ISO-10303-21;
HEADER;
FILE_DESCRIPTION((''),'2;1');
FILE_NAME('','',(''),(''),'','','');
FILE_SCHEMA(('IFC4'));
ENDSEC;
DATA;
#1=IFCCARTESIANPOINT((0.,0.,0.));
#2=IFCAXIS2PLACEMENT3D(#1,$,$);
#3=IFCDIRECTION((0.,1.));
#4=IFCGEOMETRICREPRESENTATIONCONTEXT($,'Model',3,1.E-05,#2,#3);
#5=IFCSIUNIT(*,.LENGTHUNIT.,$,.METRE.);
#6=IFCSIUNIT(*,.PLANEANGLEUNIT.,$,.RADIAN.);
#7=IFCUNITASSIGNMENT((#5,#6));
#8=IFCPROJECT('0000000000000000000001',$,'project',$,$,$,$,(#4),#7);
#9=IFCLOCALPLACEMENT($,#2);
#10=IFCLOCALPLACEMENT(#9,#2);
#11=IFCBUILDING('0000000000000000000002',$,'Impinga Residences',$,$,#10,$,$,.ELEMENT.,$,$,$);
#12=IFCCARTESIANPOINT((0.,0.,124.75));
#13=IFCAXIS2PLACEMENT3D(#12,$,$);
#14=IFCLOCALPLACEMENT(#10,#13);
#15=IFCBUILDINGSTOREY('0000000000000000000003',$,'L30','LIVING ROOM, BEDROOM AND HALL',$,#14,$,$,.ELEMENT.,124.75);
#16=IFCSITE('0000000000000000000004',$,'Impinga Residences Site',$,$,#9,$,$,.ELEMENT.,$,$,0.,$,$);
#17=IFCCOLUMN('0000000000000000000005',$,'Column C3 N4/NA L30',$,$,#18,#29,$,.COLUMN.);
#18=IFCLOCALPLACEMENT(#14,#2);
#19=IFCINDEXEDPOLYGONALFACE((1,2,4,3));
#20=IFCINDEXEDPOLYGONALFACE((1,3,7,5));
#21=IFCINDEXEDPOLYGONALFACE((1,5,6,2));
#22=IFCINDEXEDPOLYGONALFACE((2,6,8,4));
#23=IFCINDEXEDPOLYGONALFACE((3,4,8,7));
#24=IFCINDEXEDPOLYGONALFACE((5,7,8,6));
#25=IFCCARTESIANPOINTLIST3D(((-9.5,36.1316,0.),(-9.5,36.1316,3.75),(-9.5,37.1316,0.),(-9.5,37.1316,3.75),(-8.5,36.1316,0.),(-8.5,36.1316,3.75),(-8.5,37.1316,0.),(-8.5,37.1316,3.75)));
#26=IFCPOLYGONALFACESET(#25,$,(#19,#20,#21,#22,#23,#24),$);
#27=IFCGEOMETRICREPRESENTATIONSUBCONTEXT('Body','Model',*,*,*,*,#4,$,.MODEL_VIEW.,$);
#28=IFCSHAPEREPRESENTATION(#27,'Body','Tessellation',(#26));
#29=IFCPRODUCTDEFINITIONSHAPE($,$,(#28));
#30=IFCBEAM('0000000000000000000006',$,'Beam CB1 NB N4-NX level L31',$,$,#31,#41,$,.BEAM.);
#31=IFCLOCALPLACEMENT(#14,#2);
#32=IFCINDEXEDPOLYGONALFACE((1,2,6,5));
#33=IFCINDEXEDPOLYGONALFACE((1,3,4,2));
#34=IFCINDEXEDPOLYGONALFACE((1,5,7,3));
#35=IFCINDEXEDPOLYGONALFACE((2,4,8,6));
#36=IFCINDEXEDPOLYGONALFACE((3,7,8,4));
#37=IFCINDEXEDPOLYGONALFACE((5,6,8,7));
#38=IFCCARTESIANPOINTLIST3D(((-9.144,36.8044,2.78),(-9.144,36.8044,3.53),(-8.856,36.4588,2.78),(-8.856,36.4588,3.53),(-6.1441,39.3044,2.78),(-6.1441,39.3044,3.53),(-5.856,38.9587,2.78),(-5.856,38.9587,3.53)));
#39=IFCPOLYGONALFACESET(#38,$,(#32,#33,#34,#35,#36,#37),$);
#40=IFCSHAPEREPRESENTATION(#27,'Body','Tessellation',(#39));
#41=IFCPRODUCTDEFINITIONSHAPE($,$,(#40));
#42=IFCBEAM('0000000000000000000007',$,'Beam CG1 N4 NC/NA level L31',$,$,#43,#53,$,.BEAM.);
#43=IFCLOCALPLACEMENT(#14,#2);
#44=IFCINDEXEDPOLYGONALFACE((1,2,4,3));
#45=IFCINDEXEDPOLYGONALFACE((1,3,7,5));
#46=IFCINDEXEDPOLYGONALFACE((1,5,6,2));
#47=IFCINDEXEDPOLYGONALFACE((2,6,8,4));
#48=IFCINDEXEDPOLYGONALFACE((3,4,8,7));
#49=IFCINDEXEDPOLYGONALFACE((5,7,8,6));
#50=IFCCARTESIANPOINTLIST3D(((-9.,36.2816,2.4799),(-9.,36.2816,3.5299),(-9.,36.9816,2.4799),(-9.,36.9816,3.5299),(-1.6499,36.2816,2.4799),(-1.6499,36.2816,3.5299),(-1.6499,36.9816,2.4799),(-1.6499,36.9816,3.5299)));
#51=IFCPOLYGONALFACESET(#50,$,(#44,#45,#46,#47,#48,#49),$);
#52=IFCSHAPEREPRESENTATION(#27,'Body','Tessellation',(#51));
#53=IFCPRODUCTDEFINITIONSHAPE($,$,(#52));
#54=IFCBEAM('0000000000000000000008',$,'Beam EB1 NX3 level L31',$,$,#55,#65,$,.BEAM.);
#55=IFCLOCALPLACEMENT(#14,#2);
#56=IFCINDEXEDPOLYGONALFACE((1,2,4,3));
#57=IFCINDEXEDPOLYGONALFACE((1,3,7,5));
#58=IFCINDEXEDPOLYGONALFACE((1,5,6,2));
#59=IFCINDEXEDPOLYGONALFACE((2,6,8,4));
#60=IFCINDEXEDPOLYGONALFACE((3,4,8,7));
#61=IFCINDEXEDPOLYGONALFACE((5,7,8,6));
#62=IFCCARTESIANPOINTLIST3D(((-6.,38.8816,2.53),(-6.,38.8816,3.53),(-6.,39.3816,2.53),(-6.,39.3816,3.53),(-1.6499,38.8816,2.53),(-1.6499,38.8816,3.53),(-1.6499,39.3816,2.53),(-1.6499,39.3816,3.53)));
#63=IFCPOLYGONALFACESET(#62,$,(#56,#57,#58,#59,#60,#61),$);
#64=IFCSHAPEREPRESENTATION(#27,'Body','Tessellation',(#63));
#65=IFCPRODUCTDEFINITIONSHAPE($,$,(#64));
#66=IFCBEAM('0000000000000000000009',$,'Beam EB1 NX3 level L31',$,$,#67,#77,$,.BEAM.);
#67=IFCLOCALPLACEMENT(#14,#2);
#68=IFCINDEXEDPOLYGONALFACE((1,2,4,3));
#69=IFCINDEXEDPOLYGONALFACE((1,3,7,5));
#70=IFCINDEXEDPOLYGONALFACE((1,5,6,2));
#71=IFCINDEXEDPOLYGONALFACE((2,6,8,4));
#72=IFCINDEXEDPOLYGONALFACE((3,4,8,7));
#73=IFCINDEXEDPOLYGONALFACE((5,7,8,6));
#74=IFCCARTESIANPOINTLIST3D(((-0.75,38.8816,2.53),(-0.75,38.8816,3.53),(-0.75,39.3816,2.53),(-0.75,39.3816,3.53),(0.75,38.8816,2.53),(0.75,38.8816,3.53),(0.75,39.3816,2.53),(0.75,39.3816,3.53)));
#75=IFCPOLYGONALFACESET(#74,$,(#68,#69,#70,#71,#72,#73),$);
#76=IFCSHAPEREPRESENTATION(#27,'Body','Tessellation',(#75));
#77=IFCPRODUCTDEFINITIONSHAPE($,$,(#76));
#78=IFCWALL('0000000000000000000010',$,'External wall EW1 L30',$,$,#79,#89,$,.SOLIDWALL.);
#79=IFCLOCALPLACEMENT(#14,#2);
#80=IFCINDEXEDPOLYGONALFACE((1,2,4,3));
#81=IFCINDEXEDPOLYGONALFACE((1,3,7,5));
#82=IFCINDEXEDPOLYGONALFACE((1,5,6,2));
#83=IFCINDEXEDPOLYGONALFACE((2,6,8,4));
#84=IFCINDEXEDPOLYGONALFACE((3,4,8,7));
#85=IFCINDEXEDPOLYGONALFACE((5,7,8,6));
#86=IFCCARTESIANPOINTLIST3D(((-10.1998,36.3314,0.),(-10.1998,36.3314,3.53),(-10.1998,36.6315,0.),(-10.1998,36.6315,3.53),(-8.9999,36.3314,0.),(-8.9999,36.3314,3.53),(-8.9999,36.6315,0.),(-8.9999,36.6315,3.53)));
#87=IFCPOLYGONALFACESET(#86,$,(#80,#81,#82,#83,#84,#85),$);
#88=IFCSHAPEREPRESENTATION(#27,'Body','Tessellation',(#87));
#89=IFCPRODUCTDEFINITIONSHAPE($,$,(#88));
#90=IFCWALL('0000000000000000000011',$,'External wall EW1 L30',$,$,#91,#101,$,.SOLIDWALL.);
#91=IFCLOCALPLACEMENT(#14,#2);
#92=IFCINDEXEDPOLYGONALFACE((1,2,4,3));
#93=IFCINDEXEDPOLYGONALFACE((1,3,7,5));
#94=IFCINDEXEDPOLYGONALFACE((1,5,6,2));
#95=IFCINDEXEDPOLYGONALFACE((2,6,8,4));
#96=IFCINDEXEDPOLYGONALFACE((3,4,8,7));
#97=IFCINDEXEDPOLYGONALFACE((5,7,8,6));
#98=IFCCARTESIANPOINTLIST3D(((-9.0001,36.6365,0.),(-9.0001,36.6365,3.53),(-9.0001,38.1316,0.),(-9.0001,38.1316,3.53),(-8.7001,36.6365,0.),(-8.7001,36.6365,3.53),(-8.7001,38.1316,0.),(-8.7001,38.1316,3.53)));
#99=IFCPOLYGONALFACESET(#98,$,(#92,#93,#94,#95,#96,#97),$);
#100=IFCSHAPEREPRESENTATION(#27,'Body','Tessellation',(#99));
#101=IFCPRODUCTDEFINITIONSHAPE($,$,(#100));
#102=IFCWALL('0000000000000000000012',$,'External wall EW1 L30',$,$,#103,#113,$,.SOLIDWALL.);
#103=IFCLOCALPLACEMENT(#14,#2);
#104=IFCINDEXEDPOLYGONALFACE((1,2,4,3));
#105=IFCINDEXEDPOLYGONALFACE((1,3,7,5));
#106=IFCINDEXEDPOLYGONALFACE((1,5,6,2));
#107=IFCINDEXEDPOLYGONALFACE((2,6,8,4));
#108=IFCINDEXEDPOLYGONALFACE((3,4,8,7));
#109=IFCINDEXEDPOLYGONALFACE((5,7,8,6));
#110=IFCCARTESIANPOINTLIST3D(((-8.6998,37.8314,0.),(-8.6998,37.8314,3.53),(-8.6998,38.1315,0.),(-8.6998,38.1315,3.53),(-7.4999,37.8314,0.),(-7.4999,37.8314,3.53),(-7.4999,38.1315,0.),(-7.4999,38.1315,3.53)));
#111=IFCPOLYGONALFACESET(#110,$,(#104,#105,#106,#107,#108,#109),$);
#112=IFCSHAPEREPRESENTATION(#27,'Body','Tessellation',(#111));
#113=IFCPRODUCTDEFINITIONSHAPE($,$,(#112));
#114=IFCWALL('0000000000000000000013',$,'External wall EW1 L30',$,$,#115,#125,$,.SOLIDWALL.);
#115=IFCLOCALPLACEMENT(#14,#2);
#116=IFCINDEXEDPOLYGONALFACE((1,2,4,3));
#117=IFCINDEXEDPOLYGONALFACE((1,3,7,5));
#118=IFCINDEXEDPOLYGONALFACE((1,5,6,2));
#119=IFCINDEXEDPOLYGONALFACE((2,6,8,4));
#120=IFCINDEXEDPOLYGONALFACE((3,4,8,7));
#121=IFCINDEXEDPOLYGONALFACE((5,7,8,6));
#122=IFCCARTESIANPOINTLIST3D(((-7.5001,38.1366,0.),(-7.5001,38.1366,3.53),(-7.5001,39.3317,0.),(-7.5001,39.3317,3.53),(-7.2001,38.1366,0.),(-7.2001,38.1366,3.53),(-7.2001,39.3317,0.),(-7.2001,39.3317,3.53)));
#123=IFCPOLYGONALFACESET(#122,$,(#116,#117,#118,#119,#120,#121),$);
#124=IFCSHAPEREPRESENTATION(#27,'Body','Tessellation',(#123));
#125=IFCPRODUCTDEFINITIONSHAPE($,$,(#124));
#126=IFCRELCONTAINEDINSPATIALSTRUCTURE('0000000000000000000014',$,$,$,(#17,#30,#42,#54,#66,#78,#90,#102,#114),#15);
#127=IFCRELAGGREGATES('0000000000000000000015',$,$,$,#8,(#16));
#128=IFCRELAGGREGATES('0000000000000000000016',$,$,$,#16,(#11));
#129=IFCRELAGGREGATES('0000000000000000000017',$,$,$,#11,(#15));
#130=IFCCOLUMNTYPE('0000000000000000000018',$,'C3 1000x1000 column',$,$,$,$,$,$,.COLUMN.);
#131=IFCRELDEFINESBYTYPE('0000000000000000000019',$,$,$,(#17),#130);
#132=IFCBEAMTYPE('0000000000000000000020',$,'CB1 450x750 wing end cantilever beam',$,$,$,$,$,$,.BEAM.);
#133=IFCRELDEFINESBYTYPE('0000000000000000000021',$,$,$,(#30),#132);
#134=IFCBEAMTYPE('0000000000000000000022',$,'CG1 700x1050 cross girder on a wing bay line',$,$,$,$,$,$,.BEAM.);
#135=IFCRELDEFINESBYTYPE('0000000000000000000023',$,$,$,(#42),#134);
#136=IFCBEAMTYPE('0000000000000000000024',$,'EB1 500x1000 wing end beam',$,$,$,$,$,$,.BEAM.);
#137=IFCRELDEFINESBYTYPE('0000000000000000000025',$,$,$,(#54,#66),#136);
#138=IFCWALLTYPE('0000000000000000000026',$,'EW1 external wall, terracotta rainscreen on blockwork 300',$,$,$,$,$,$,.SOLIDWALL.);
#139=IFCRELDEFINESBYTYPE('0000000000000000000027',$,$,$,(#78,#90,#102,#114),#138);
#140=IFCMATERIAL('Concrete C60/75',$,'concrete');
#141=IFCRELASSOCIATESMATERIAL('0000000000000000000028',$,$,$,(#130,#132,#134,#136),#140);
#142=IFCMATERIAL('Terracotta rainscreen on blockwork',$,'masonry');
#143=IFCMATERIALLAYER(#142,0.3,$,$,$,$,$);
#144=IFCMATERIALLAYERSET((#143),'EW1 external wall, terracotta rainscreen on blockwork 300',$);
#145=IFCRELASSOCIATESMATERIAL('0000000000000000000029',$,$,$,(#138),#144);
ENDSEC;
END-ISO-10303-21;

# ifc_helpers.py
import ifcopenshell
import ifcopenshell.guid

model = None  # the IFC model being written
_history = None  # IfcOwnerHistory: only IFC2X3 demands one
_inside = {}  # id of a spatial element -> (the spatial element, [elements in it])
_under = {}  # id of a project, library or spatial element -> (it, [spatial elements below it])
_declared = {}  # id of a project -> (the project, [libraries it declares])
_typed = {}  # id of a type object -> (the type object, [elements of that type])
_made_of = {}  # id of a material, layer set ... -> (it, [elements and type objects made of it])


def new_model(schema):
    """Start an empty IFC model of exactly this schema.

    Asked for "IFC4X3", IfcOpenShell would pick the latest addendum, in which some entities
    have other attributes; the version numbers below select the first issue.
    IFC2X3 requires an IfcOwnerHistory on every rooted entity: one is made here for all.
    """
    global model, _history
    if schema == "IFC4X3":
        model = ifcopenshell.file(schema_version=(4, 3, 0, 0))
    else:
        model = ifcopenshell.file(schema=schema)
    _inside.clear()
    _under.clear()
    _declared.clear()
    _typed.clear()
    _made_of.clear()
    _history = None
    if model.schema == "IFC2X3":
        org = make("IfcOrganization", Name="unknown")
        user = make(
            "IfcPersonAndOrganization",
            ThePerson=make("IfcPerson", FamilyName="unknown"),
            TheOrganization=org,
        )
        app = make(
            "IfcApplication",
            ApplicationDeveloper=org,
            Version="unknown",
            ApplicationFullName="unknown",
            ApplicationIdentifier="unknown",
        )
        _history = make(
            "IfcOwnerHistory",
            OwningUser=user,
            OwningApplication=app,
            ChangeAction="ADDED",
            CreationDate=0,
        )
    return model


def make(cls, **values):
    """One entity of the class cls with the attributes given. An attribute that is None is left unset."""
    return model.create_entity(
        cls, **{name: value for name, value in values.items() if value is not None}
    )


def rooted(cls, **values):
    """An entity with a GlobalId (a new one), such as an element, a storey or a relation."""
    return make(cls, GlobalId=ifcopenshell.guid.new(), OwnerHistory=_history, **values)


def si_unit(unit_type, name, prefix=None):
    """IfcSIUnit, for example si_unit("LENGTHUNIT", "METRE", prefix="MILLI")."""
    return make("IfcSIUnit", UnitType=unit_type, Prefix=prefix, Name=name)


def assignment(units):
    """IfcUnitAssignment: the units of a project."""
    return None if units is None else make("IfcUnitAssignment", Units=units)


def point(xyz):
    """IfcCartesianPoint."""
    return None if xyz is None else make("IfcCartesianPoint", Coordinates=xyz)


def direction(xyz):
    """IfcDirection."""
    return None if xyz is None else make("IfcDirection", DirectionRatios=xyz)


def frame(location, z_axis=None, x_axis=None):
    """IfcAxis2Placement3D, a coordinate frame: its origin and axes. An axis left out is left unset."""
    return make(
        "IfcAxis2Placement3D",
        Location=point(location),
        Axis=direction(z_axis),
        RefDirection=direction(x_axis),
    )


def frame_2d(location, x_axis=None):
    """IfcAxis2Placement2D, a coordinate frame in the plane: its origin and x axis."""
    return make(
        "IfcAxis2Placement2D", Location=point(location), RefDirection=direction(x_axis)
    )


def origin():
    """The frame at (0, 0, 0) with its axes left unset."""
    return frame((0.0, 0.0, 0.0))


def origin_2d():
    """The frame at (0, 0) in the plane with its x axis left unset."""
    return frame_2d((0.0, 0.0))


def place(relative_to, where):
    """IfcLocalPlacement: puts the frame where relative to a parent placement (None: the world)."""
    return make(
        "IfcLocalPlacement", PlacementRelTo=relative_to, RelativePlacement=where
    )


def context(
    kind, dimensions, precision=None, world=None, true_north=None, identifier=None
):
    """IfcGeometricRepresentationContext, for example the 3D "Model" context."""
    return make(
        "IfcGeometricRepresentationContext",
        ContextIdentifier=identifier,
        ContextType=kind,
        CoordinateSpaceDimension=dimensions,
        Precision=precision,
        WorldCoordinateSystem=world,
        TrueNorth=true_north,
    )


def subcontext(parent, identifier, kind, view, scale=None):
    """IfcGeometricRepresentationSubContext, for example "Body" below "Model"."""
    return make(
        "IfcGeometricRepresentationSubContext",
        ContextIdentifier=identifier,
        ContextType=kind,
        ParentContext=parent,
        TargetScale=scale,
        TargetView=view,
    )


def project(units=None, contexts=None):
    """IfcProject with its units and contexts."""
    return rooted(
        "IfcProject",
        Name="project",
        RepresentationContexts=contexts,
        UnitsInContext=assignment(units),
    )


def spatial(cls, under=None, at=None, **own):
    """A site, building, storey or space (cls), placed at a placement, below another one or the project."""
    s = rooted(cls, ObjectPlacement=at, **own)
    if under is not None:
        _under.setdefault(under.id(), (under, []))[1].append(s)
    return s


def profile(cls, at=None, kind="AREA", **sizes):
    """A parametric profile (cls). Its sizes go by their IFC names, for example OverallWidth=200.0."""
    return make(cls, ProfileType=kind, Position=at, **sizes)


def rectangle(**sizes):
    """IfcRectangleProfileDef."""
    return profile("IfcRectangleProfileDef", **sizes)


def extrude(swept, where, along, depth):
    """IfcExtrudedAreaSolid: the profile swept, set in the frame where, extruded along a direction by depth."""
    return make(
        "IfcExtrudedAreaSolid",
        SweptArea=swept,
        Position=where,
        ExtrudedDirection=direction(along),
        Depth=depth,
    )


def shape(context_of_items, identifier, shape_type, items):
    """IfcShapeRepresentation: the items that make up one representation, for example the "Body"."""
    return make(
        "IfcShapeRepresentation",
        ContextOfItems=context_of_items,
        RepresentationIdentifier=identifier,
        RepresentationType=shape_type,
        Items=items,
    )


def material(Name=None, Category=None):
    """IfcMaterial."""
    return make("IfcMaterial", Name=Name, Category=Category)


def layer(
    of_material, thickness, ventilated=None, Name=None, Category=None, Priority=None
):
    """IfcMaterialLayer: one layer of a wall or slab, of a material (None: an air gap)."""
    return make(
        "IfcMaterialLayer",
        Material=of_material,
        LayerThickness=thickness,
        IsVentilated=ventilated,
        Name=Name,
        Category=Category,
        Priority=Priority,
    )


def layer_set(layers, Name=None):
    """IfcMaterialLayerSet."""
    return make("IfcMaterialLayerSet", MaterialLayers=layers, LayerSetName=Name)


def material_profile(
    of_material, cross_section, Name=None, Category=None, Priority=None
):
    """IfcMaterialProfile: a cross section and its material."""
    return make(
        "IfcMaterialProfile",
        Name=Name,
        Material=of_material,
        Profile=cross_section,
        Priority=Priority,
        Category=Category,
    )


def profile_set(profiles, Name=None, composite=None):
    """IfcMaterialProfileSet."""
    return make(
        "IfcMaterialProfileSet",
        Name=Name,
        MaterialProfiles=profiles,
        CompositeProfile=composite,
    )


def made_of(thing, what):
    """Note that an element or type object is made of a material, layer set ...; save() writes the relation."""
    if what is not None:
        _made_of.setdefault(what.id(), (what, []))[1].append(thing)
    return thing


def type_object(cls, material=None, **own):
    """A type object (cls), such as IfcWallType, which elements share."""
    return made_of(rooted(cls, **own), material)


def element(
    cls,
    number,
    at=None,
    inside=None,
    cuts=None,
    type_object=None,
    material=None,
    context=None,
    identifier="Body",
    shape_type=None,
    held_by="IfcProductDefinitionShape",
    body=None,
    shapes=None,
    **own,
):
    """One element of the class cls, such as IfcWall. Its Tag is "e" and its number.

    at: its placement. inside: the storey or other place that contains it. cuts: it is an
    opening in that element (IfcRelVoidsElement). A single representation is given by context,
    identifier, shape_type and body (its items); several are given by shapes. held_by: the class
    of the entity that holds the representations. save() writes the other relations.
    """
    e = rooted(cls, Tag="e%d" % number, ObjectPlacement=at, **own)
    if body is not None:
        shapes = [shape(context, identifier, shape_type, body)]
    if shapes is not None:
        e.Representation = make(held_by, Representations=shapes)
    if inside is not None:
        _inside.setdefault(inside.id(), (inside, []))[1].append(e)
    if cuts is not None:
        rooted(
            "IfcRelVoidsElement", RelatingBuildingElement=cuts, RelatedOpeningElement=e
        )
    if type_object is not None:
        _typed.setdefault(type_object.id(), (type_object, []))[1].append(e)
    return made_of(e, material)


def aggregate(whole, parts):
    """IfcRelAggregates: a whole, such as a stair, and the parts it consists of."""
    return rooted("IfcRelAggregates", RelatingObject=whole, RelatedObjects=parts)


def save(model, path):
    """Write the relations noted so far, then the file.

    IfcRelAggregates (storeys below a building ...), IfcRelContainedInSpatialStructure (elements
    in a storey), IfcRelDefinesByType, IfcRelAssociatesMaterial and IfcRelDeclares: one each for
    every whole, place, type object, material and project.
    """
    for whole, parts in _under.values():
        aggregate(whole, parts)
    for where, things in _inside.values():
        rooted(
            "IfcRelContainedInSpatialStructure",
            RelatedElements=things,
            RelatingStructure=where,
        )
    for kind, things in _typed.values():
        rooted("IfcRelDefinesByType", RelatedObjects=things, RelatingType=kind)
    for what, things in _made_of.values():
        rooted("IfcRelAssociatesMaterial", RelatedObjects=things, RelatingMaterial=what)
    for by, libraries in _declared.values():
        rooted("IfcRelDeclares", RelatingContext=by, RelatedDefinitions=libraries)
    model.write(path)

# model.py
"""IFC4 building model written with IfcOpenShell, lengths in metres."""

from ifc_helpers import new_model, si_unit, direction, frame, frame_2d, origin, origin_2d, place, context, subcontext, project, spatial, rectangle, extrude, material, layer, layer_set, material_profile, profile_set, type_object, element, save


model = new_model("IFC4")

# Units and contexts
model_context = context("Model", 3, precision=1e-05, world=origin(), true_north=direction((0.0, 1.0)))
body_context = subcontext(model_context, "Body", "Model", "MODEL_VIEW")
ifc_project = project(units=[si_unit("LENGTHUNIT", "METRE"), si_unit("PLANEANGLEUNIT", "RADIAN")], contexts=[model_context])

# Site, building, storey
site_placement = place(None, origin())
site = spatial("IfcSite", under=ifc_project, at=site_placement, Name="Impinga Residences Site", CompositionType="ELEMENT", RefElevation=0.0)
building_placement = place(site_placement, origin())
building = spatial("IfcBuilding", under=site, at=building_placement, Name="Impinga Residences", CompositionType="ELEMENT")
storey_placement = place(building_placement, frame((0.0, 0.0, 124.75)))
storey = spatial("IfcBuildingStorey", under=building, at=storey_placement, Name="L30", Description="LIVING ROOM, BEDROOM AND HALL", CompositionType="ELEMENT", Elevation=124.75)

# Column
ifc_material_1 = material(Name="Concrete C60/75", Category="concrete")
ifc_material_profile_1 = material_profile(ifc_material_1, rectangle(XDim=1.0, YDim=1.0, at=origin_2d()), Name="RC 1000x1000")
ifc_profile_set_1 = profile_set([ifc_material_profile_1], Name="Concrete C60/75")
column_type = type_object("IfcColumnType", Name="C3 1000x1000 column", PredefinedType="COLUMN", material=ifc_profile_set_1)
column_placement = place(storey_placement, frame((-9.0, 36.6316, 0.0), z_axis=(0.0, 0.0, 1.0), x_axis=(1.0, 0.0, 0.0)))
element("IfcColumn", 1, at=column_placement, inside=storey, type_object=column_type, Name="Column C3 N4/NA L30", PredefinedType="COLUMN", context=body_context, shape_type="SweptSolid", body=[
    extrude(rectangle(XDim=1.0, YDim=1.0, at=origin_2d()), origin(), (0.0, 0.0, 1.0), 3.75),
])

# Beams
ifc_material_profile_2 = material_profile(ifc_material_1, rectangle(XDim=0.45, YDim=0.75, at=origin_2d()), Name="RC 450x750")
ifc_profile_set_2 = profile_set([ifc_material_profile_2], Name="Concrete C60/75")
beam_type_1 = type_object("IfcBeamType", Name="CB1 450x750 wing end cantilever beam", PredefinedType="BEAM", material=ifc_profile_set_2)
beam_1_placement = place(storey_placement, frame((-9.0, 36.6316, 3.155), z_axis=(0.768221, 0.640184, 0.0), x_axis=(-0.640184, 0.768221, 0.0)))
element("IfcBeam", 2, at=beam_1_placement, inside=storey, type_object=beam_type_1, Name="Beam CB1 NB N4-NX level L31", PredefinedType="BEAM", context=body_context, shape_type="SweptSolid", body=[
    extrude(rectangle(XDim=0.45, YDim=0.75, at=origin_2d()), origin(), (0.0, 0.0, 1.0), 3.905),
])
ifc_material_profile_3 = material_profile(ifc_material_1, rectangle(XDim=0.7, YDim=1.05, at=origin_2d()), Name="RC 700x1050")
ifc_profile_set_3 = profile_set([ifc_material_profile_3], Name="Concrete C60/75")
beam_type_2 = type_object("IfcBeamType", Name="CG1 700x1050 cross girder on a wing bay line", PredefinedType="BEAM", material=ifc_profile_set_3)
beam_2_placement = place(storey_placement, frame((-1.6499, 36.6316, 3.0049), z_axis=(-1.0, 0.0, 0.0), x_axis=(0.0, -1.0, 0.0)))
element("IfcBeam", 3, at=beam_2_placement, inside=storey, type_object=beam_type_2, Name="Beam CG1 N4 NC/NA level L31", PredefinedType="BEAM", context=body_context, shape_type="SweptSolid", body=[
    extrude(rectangle(XDim=0.7, YDim=1.05, at=origin_2d()), origin(), (0.0, 0.0, 1.0), 7.3501),
])
ifc_material_profile_4 = material_profile(ifc_material_1, rectangle(XDim=0.5, YDim=1.0, at=origin_2d()), Name="RC 500x1000")
ifc_profile_set_4 = profile_set([ifc_material_profile_4], Name="Concrete C60/75")
beam_type_3 = type_object("IfcBeamType", Name="EB1 500x1000 wing end beam", PredefinedType="BEAM", material=ifc_profile_set_4)
beam_3_placement = place(storey_placement, frame((-6.0, 39.1316, 3.03), z_axis=(1.0, 0.0, 0.0), x_axis=(0.0, 1.0, 0.0)))
element("IfcBeam", 4, at=beam_3_placement, inside=storey, type_object=beam_type_3, Name="Beam EB1 NX3 level L31", PredefinedType="BEAM", context=body_context, shape_type="SweptSolid", body=[
    extrude(rectangle(XDim=0.5, YDim=1.0, at=origin_2d()), origin(), (0.0, 0.0, 1.0), 4.3501),
])
beam_4_placement = place(storey_placement, frame((-0.75, 39.1316, 3.03), z_axis=(1.0, 0.0, 0.0), x_axis=(0.0, 1.0, 0.0)))
element("IfcBeam", 5, at=beam_4_placement, inside=storey, type_object=beam_type_3, Name="Beam EB1 NX3 level L31", PredefinedType="BEAM", context=body_context, shape_type="SweptSolid", body=[
    extrude(rectangle(XDim=0.5, YDim=1.0, at=origin_2d()), origin(), (0.0, 0.0, 1.0), 1.5),
])

# Walls
ifc_material_2 = material(Name="Terracotta rainscreen on blockwork", Category="masonry")
ifc_layer_1 = layer(ifc_material_2, 0.3)
ifc_layer_set_1 = layer_set([ifc_layer_1], Name="EW1 external wall, terracotta rainscreen on blockwork 300")
wall_type_1 = type_object("IfcWallType", Name="EW1 external wall, terracotta rainscreen on blockwork 300", PredefinedType="SOLIDWALL", material=ifc_layer_set_1)
wall_1_placement = place(storey_placement, frame((-10.2, 36.4814, 0.0), z_axis=(0.0, 0.0, 1.0), x_axis=(1.0, 0.0, 0.0)))
element("IfcWall", 6, at=wall_1_placement, inside=storey, type_object=wall_type_1, Name="External wall EW1 L30", PredefinedType="SOLIDWALL", context=body_context, shape_type="SweptSolid", body=[
    extrude(rectangle(XDim=1.2, YDim=0.3, at=frame_2d((0.6001, 0.0))), origin(), (0.0, 0.0, 1.0), 3.53),
])
wall_2_placement = place(storey_placement, frame((-8.8501, 36.6365, 0.0), z_axis=(0.0, 0.0, 1.0), x_axis=(0.0, 1.0, 0.0)))
element("IfcWall", 7, at=wall_2_placement, inside=storey, type_object=wall_type_1, Name="External wall EW1 L30", PredefinedType="SOLIDWALL", context=body_context, shape_type="SweptSolid", body=[
    extrude(rectangle(XDim=1.4951, YDim=0.3, at=frame_2d((0.7476, 0.0))), origin(), (0.0, 0.0, 1.0), 3.53),
])
wall_3_placement = place(storey_placement, frame((-8.7, 37.9814, 0.0), z_axis=(0.0, 0.0, 1.0), x_axis=(1.0, 0.0, 0.0)))
element("IfcWall", 8, at=wall_3_placement, inside=storey, type_object=wall_type_1, Name="External wall EW1 L30", PredefinedType="SOLIDWALL", context=body_context, shape_type="SweptSolid", body=[
    extrude(rectangle(XDim=1.2, YDim=0.3, at=frame_2d((0.6001, 0.0))), origin(), (0.0, 0.0, 1.0), 3.53),
])
wall_4_placement = place(storey_placement, frame((-7.3501, 38.1365, 0.0), z_axis=(0.0, 0.0, 1.0), x_axis=(0.0, 1.0, 0.0)))
element("IfcWall", 9, at=wall_4_placement, inside=storey, type_object=wall_type_1, Name="External wall EW1 L30", PredefinedType="SOLIDWALL", context=body_context, shape_type="SweptSolid", body=[
    extrude(rectangle(XDim=1.1951, YDim=0.3, at=frame_2d((0.5977, 0.0))), origin(), (0.0, 0.0, 1.0), 3.53),
])

save(model, "model.ifc")
